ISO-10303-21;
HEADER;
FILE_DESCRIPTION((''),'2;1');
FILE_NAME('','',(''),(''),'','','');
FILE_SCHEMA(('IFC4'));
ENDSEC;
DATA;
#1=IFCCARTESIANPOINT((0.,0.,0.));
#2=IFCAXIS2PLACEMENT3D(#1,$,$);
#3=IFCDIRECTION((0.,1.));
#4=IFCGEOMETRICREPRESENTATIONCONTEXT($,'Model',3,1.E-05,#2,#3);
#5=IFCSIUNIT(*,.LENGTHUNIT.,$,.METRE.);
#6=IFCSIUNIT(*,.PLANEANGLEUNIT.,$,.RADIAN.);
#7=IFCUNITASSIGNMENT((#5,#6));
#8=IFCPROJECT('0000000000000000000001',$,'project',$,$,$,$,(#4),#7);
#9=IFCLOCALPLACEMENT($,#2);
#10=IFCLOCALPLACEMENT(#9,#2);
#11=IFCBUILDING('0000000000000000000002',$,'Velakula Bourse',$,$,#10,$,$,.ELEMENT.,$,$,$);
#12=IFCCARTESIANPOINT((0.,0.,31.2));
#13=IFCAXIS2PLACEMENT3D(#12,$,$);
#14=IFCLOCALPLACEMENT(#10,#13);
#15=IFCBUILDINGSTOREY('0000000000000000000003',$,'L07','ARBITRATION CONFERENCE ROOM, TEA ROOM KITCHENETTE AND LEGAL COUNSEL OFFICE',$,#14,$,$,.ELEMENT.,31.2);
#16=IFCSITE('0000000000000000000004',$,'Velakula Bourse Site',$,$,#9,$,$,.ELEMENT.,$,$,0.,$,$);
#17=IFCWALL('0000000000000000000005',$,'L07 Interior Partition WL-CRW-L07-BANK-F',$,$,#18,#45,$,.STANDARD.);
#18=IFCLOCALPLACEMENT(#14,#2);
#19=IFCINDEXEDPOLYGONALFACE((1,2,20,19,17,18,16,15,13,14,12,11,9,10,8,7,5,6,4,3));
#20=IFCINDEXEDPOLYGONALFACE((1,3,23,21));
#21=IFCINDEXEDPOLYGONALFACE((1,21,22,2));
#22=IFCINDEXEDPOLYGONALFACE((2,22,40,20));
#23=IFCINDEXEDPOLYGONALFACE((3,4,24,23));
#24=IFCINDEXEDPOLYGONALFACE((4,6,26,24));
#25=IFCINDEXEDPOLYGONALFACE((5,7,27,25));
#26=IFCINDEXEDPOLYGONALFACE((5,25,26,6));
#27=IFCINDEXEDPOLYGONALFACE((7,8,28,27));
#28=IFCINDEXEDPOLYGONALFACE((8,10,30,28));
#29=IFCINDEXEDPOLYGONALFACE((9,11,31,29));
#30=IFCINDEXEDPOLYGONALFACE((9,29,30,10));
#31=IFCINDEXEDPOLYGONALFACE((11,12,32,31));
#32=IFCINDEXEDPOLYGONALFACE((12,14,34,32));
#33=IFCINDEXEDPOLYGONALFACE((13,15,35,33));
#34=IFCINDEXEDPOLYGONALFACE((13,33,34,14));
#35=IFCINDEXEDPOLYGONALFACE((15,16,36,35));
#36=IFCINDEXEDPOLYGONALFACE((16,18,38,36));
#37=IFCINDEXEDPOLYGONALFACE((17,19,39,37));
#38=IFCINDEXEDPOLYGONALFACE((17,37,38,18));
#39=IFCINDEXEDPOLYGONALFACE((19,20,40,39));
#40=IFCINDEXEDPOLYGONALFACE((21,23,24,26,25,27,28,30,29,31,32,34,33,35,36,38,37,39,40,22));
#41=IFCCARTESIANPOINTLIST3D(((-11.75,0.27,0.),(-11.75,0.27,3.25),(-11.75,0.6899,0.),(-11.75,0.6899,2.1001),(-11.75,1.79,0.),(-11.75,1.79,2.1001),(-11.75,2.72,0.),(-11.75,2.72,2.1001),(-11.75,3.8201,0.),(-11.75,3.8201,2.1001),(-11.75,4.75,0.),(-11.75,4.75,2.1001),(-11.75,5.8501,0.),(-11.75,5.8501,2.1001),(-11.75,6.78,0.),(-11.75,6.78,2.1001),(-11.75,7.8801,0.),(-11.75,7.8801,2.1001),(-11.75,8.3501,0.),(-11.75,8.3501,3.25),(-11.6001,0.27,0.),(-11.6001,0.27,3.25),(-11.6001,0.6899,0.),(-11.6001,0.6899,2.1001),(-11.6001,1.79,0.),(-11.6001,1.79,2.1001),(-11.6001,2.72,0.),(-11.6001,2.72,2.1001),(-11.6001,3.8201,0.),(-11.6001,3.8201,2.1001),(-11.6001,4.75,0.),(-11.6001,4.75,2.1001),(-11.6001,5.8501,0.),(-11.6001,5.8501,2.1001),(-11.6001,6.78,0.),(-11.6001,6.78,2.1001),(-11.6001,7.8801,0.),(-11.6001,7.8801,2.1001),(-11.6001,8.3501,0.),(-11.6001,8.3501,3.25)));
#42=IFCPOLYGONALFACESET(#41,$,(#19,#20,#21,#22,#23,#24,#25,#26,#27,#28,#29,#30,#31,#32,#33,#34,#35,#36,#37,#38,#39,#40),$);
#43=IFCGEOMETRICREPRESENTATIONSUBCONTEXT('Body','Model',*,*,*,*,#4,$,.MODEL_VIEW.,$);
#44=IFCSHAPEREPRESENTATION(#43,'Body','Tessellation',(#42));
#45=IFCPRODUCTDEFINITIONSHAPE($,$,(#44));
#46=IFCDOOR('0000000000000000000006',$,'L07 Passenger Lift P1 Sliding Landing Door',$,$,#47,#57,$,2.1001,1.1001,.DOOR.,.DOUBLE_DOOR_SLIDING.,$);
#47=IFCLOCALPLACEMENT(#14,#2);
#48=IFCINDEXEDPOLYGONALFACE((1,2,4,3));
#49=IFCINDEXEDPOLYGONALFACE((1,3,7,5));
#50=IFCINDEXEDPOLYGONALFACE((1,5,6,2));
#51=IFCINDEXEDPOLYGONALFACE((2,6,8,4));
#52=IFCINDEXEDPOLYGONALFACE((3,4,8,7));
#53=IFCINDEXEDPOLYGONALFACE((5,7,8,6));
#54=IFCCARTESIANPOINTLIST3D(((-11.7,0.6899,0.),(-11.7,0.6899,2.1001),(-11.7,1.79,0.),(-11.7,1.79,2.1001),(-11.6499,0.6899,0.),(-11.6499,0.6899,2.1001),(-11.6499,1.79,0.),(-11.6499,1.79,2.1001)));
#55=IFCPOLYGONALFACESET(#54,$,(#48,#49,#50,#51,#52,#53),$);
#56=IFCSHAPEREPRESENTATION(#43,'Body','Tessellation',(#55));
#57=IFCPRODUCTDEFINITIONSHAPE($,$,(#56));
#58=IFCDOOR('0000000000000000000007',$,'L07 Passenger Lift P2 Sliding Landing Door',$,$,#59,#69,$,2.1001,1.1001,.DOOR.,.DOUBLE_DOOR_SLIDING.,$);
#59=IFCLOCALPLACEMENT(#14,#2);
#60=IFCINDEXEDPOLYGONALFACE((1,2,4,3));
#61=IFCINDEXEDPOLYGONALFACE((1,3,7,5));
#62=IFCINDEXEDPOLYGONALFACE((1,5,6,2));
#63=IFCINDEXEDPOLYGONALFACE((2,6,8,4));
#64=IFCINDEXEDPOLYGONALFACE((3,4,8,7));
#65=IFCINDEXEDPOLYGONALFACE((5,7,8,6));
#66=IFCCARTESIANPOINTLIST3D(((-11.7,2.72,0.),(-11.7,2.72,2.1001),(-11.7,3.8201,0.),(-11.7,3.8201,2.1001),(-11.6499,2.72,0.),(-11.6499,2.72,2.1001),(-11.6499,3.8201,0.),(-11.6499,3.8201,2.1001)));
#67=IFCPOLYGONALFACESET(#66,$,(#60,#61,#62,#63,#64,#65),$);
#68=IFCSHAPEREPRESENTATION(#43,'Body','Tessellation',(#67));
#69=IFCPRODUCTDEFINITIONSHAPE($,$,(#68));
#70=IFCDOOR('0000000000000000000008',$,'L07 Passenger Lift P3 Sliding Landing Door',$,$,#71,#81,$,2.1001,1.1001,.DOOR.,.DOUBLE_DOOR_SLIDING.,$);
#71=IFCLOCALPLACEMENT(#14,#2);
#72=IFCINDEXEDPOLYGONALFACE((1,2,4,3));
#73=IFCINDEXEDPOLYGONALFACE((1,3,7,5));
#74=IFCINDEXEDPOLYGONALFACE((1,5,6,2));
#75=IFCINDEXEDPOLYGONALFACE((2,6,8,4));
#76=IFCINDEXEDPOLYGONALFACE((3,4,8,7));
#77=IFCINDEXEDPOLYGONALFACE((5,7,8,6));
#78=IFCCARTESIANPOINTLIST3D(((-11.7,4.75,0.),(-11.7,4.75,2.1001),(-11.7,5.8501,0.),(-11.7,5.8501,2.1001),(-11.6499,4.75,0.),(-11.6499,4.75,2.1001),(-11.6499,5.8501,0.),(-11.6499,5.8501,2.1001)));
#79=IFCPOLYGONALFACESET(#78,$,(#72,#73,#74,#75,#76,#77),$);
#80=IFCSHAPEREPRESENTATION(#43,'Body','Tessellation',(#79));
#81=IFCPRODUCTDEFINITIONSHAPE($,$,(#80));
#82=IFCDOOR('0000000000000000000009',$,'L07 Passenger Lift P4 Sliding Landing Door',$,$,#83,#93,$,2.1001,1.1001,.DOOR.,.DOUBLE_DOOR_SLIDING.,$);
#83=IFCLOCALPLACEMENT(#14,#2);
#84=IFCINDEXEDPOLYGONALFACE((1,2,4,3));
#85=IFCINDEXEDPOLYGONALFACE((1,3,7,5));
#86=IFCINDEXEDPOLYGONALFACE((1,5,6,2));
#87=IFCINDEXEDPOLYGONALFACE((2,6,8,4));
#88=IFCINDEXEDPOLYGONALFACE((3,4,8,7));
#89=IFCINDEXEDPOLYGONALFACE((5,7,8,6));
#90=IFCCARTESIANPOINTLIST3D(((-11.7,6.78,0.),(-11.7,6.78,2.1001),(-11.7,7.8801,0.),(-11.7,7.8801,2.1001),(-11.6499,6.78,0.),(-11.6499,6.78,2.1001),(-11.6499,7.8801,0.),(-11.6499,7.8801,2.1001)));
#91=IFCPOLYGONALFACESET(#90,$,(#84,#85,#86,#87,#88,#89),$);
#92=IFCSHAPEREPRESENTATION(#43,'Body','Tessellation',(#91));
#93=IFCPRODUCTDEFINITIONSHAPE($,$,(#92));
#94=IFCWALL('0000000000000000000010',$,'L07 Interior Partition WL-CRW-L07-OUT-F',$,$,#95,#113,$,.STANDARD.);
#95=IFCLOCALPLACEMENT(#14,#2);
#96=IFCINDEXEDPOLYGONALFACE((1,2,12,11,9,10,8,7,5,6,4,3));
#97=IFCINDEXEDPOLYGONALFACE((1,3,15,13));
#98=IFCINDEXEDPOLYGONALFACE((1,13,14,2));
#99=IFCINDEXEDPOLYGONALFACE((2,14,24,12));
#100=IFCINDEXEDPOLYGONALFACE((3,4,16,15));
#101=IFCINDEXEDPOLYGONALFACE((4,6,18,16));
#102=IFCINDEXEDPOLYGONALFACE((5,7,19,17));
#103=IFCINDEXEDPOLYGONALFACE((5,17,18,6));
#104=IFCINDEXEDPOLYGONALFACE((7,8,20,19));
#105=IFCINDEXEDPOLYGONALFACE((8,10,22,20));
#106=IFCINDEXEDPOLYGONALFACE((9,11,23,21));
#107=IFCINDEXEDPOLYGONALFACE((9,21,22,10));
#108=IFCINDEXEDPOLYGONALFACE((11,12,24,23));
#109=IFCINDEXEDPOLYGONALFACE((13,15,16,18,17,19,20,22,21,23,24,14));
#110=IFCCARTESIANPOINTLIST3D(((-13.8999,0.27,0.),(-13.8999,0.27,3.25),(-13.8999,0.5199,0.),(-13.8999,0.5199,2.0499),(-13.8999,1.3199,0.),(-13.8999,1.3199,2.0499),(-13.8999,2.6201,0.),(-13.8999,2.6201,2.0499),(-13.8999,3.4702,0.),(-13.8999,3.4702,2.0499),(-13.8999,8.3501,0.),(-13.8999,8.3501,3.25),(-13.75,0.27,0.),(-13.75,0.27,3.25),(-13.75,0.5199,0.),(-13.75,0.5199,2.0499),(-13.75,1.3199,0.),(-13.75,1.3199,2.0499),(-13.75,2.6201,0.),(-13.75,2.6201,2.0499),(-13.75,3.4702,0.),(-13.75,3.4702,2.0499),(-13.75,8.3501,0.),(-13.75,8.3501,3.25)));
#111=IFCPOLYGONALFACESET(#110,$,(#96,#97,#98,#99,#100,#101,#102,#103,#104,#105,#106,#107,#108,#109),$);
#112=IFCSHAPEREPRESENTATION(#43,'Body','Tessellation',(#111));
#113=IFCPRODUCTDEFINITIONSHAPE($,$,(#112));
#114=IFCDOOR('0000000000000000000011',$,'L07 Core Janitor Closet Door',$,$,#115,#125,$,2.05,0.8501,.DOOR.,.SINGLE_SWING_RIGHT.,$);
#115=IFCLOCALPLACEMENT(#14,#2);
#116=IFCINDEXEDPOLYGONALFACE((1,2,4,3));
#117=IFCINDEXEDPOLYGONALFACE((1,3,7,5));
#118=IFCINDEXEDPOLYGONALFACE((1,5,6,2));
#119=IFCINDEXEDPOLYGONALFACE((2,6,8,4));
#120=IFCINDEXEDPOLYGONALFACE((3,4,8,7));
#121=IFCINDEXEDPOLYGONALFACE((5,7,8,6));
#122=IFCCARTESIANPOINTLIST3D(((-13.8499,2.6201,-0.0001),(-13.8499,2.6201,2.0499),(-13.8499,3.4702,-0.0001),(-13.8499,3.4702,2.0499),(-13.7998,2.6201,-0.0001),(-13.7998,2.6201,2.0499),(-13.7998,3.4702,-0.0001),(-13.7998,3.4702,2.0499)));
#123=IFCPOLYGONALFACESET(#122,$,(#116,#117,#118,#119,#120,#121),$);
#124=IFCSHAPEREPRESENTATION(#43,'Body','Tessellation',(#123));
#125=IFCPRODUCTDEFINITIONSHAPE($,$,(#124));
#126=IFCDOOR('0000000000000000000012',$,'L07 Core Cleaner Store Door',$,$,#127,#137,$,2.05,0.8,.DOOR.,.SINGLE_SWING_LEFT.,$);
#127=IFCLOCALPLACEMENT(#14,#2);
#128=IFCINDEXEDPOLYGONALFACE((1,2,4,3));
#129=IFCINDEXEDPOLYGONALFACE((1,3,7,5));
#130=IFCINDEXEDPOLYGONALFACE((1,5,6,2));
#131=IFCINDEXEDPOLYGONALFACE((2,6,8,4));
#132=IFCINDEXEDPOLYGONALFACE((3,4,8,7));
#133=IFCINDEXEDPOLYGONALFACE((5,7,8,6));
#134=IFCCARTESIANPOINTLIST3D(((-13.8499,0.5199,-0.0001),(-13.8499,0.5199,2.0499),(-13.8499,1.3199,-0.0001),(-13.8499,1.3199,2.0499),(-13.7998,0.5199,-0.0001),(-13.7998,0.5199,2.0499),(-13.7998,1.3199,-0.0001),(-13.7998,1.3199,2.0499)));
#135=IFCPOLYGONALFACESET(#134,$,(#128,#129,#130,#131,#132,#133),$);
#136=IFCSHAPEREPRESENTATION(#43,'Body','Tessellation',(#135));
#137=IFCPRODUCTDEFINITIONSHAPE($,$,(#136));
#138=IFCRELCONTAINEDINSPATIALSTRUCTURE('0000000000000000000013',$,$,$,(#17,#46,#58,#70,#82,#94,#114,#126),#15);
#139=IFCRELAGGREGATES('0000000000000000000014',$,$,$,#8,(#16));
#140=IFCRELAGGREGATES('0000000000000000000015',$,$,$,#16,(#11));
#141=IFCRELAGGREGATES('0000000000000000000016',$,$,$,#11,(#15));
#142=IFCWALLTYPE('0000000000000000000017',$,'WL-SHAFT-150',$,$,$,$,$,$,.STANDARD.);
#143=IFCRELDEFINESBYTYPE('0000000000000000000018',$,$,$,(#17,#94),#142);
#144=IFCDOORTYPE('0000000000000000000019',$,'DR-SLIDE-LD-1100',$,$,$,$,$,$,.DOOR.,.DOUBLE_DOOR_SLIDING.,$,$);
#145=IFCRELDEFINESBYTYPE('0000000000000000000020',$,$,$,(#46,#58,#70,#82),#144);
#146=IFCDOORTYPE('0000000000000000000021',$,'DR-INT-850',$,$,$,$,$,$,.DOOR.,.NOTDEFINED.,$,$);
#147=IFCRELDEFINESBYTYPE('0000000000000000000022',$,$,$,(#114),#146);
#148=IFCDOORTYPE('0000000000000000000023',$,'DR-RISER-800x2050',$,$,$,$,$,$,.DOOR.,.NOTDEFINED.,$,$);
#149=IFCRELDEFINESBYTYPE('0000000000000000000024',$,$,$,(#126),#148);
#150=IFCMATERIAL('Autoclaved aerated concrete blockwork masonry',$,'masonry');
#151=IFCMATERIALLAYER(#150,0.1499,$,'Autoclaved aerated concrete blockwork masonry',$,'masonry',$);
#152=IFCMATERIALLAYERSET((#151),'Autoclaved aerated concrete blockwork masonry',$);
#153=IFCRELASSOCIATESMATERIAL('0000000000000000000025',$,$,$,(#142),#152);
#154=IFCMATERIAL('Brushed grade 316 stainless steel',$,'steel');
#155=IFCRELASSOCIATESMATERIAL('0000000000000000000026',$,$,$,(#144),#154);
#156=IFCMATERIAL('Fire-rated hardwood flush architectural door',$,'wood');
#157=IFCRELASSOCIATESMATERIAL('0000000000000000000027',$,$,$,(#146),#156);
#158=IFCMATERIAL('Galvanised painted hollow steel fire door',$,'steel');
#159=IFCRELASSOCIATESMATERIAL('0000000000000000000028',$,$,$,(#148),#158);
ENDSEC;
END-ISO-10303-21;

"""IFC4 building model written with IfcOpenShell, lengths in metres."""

from ifc_helpers import new_model, si_unit, direction, frame, frame_2d, origin, place, context, subcontext, project, spatial, rectangle, extrude, material, layer, layer_set, type_object, element, fill, save


model = new_model("IFC4")

# Units and contexts
model_context = context("Model", 3, precision=1e-05, world=origin(), true_north=direction((0.0, 1.0)))
body_context = subcontext(model_context, "Body", "Model", "MODEL_VIEW")
ifc_project = project(units=[si_unit("LENGTHUNIT", "METRE"), si_unit("PLANEANGLEUNIT", "RADIAN")], contexts=[model_context])

# Site, building, storey
site_placement = place(None, origin())
site = spatial("IfcSite", under=ifc_project, at=site_placement, Name="Velakula Bourse Site", CompositionType="ELEMENT", RefElevation=0.0)
building_placement = place(site_placement, origin())
building = spatial("IfcBuilding", under=site, at=building_placement, Name="Velakula Bourse", CompositionType="ELEMENT")
storey_placement = place(building_placement, frame((0.0, 0.0, 31.2)))
storey = spatial("IfcBuildingStorey", under=building, at=storey_placement, Name="L07", Description="ARBITRATION CONFERENCE ROOM, TEA ROOM KITCHENETTE AND LEGAL COUNSEL OFFICE", CompositionType="ELEMENT", Elevation=31.2)

# Shared definitions
ifc_material_1 = material(Name="Autoclaved aerated concrete blockwork masonry", Category="masonry")
ifc_layer_1 = layer(ifc_material_1, 0.1499, Name="Autoclaved aerated concrete blockwork masonry", Category="masonry")
ifc_layer_set_1 = layer_set([ifc_layer_1], Name="Autoclaved aerated concrete blockwork masonry")
wall_type_1 = type_object("IfcWallType", Name="WL-SHAFT-150", PredefinedType="STANDARD", material=ifc_layer_set_1)

# Walls, openings, doors
wall_1_placement = place(storey_placement, frame((-11.675, 0.27, 0.0), z_axis=(0.0, 0.0, 1.0), x_axis=(0.0, 1.0, 0.0)))
wall_1 = element("IfcWall", 1, at=wall_1_placement, inside=storey, type_object=wall_type_1, Name="L07 Interior Partition WL-CRW-L07-BANK-F", PredefinedType="STANDARD", context=body_context, shape_type="SweptSolid", body=[
    extrude(rectangle(XDim=8.0801, YDim=0.1499, at=frame_2d((4.04, 0.0))), origin(), (0.0, 0.0, 1.0), 3.25),
])
opening_1_placement = place(wall_1_placement, frame((0.4199, 0.0, 0.0)))
opening_1 = element("IfcOpeningElement", 2, at=opening_1_placement, cuts=wall_1, PredefinedType="OPENING", context=body_context, shape_type="SweptSolid", body=[
    extrude(rectangle(XDim=1.1001, YDim=2.1001, at=frame_2d((0.55, 1.05))), frame((0.0, 0.085, 0.0), z_axis=(0.0, -1.0, 0.0), x_axis=(1.0, 0.0, 0.0)), (0.0, 0.0, 1.0), 0.1699),
])
opening_2_placement = place(wall_1_placement, frame((2.45, 0.0, 0.0)))
opening_2 = element("IfcOpeningElement", 3, at=opening_2_placement, cuts=wall_1, PredefinedType="OPENING", context=body_context, shape_type="SweptSolid", body=[
    extrude(rectangle(XDim=1.1001, YDim=2.1001, at=frame_2d((0.55, 1.05))), frame((0.0, 0.085, 0.0), z_axis=(0.0, -1.0, 0.0), x_axis=(1.0, 0.0, 0.0)), (0.0, 0.0, 1.0), 0.1699),
])
opening_3_placement = place(wall_1_placement, frame((4.48, 0.0, 0.0)))
opening_3 = element("IfcOpeningElement", 4, at=opening_3_placement, cuts=wall_1, PredefinedType="OPENING", context=body_context, shape_type="SweptSolid", body=[
    extrude(rectangle(XDim=1.1001, YDim=2.1001, at=frame_2d((0.55, 1.05))), frame((0.0, 0.085, 0.0), z_axis=(0.0, -1.0, 0.0), x_axis=(1.0, 0.0, 0.0)), (0.0, 0.0, 1.0), 0.1699),
])
opening_4_placement = place(wall_1_placement, frame((6.51, 0.0, 0.0)))
opening_4 = element("IfcOpeningElement", 5, at=opening_4_placement, cuts=wall_1, PredefinedType="OPENING", context=body_context, shape_type="SweptSolid", body=[
    extrude(rectangle(XDim=1.1001, YDim=2.1001, at=frame_2d((0.55, 1.05))), frame((0.0, 0.085, 0.0), z_axis=(0.0, -1.0, 0.0), x_axis=(1.0, 0.0, 0.0)), (0.0, 0.0, 1.0), 0.1699),
])
ifc_material_2 = material(Name="Brushed grade 316 stainless steel", Category="steel")
door_type_1 = type_object("IfcDoorType", Name="DR-SLIDE-LD-1100", OperationType="DOUBLE_DOOR_SLIDING", PredefinedType="DOOR", material=ifc_material_2)
door_1_placement = place(opening_1_placement, origin())
door_1 = element("IfcDoor", 6, at=door_1_placement, inside=storey, type_object=door_type_1, Name="L07 Passenger Lift P1 Sliding Landing Door", OperationType="DOUBLE_DOOR_SLIDING", OverallHeight=2.1001, OverallWidth=1.1001, PredefinedType="DOOR", context=body_context, shape_type="SweptSolid", body=[
    extrude(rectangle(XDim=1.1001, YDim=2.1001, at=frame_2d((0.55, 1.05))), frame((0.0, 0.0249, 0.0), z_axis=(0.0, -1.0, 0.0), x_axis=(1.0, 0.0, 0.0)), (0.0, 0.0, 1.0), 0.05),
])
fill(opening_1, door_1)
door_2_placement = place(opening_2_placement, origin())
door_2 = element("IfcDoor", 7, at=door_2_placement, inside=storey, type_object=door_type_1, Name="L07 Passenger Lift P2 Sliding Landing Door", OperationType="DOUBLE_DOOR_SLIDING", OverallHeight=2.1001, OverallWidth=1.1001, PredefinedType="DOOR", context=body_context, shape_type="SweptSolid", body=[
    extrude(rectangle(XDim=1.1001, YDim=2.1001, at=frame_2d((0.55, 1.05))), frame((0.0, 0.0249, 0.0), z_axis=(0.0, -1.0, 0.0), x_axis=(1.0, 0.0, 0.0)), (0.0, 0.0, 1.0), 0.05),
])
fill(opening_2, door_2)
door_3_placement = place(opening_3_placement, origin())
door_3 = element("IfcDoor", 8, at=door_3_placement, inside=storey, type_object=door_type_1, Name="L07 Passenger Lift P3 Sliding Landing Door", OperationType="DOUBLE_DOOR_SLIDING", OverallHeight=2.1001, OverallWidth=1.1001, PredefinedType="DOOR", context=body_context, shape_type="SweptSolid", body=[
    extrude(rectangle(XDim=1.1001, YDim=2.1001, at=frame_2d((0.55, 1.05))), frame((0.0, 0.0249, 0.0), z_axis=(0.0, -1.0, 0.0), x_axis=(1.0, 0.0, 0.0)), (0.0, 0.0, 1.0), 0.05),
])
fill(opening_3, door_3)
door_4_placement = place(opening_4_placement, origin())
door_4 = element("IfcDoor", 9, at=door_4_placement, inside=storey, type_object=door_type_1, Name="L07 Passenger Lift P4 Sliding Landing Door", OperationType="DOUBLE_DOOR_SLIDING", OverallHeight=2.1001, OverallWidth=1.1001, PredefinedType="DOOR", context=body_context, shape_type="SweptSolid", body=[
    extrude(rectangle(XDim=1.1001, YDim=2.1001, at=frame_2d((0.55, 1.05))), frame((0.0, 0.0249, 0.0), z_axis=(0.0, -1.0, 0.0), x_axis=(1.0, 0.0, 0.0)), (0.0, 0.0, 1.0), 0.05),
])
fill(opening_4, door_4)
wall_2_placement = place(storey_placement, frame((-13.825, 0.27, 0.0), z_axis=(0.0, 0.0, 1.0), x_axis=(0.0, 1.0, 0.0)))
wall_2 = element("IfcWall", 10, at=wall_2_placement, inside=storey, type_object=wall_type_1, Name="L07 Interior Partition WL-CRW-L07-OUT-F", PredefinedType="STANDARD", context=body_context, shape_type="SweptSolid", body=[
    extrude(rectangle(XDim=8.0801, YDim=0.1499, at=frame_2d((4.04, 0.0))), origin(), (0.0, 0.0, 1.0), 3.25),
])
opening_5_placement = place(wall_2_placement, frame((0.25, 0.0, 0.0)))
opening_5 = element("IfcOpeningElement", 11, at=opening_5_placement, cuts=wall_2, PredefinedType="OPENING", context=body_context, shape_type="SweptSolid", body=[
    extrude(rectangle(XDim=0.8, YDim=2.05, at=frame_2d((0.3999, 1.0249))), frame((0.0, 0.085, 0.0), z_axis=(0.0, -1.0, 0.0), x_axis=(1.0, 0.0, 0.0)), (0.0, 0.0, 1.0), 0.1699),
])
opening_6_placement = place(wall_2_placement, frame((2.3501, 0.0, 0.0)))
opening_6 = element("IfcOpeningElement", 12, at=opening_6_placement, cuts=wall_2, PredefinedType="OPENING", context=body_context, shape_type="SweptSolid", body=[
    extrude(rectangle(XDim=0.8501, YDim=2.05, at=frame_2d((0.425, 1.0249))), frame((0.0, 0.085, 0.0), z_axis=(0.0, -1.0, 0.0), x_axis=(1.0, 0.0, 0.0)), (0.0, 0.0, 1.0), 0.1699),
])
ifc_material_3 = material(Name="Fire-rated hardwood flush architectural door", Category="wood")
door_type_2 = type_object("IfcDoorType", Name="DR-INT-850", OperationType="NOTDEFINED", PredefinedType="DOOR", material=ifc_material_3)
door_5_placement = place(opening_6_placement, origin())
door_5 = element("IfcDoor", 13, at=door_5_placement, inside=storey, type_object=door_type_2, Name="L07 Core Janitor Closet Door", OperationType="SINGLE_SWING_RIGHT", OverallHeight=2.05, OverallWidth=0.8501, PredefinedType="DOOR", context=body_context, shape_type="SweptSolid", body=[
    extrude(rectangle(XDim=0.8501, YDim=2.05, at=frame_2d((0.425, 1.0249))), frame((0.0, 0.0249, 0.0), z_axis=(0.0, -1.0, 0.0), x_axis=(1.0, 0.0, 0.0)), (0.0, 0.0, 1.0), 0.05),
])
fill(opening_6, door_5)
ifc_material_4 = material(Name="Galvanised painted hollow steel fire door", Category="steel")
door_type_3 = type_object("IfcDoorType", Name="DR-RISER-800x2050", OperationType="NOTDEFINED", PredefinedType="DOOR", material=ifc_material_4)
door_6_placement = place(opening_5_placement, origin())
door_6 = element("IfcDoor", 14, at=door_6_placement, inside=storey, type_object=door_type_3, Name="L07 Core Cleaner Store Door", OperationType="SINGLE_SWING_LEFT", OverallHeight=2.05, OverallWidth=0.8, PredefinedType="DOOR", context=body_context, shape_type="SweptSolid", body=[
    extrude(rectangle(XDim=0.8, YDim=2.05, at=frame_2d((0.3999, 1.0249))), frame((0.0, 0.0249, 0.0), z_axis=(0.0, -1.0, 0.0), x_axis=(1.0, 0.0, 0.0)), (0.0, 0.0, 1.0), 0.05),
])
fill(opening_5, door_6)

save(model, "model.ifc")
